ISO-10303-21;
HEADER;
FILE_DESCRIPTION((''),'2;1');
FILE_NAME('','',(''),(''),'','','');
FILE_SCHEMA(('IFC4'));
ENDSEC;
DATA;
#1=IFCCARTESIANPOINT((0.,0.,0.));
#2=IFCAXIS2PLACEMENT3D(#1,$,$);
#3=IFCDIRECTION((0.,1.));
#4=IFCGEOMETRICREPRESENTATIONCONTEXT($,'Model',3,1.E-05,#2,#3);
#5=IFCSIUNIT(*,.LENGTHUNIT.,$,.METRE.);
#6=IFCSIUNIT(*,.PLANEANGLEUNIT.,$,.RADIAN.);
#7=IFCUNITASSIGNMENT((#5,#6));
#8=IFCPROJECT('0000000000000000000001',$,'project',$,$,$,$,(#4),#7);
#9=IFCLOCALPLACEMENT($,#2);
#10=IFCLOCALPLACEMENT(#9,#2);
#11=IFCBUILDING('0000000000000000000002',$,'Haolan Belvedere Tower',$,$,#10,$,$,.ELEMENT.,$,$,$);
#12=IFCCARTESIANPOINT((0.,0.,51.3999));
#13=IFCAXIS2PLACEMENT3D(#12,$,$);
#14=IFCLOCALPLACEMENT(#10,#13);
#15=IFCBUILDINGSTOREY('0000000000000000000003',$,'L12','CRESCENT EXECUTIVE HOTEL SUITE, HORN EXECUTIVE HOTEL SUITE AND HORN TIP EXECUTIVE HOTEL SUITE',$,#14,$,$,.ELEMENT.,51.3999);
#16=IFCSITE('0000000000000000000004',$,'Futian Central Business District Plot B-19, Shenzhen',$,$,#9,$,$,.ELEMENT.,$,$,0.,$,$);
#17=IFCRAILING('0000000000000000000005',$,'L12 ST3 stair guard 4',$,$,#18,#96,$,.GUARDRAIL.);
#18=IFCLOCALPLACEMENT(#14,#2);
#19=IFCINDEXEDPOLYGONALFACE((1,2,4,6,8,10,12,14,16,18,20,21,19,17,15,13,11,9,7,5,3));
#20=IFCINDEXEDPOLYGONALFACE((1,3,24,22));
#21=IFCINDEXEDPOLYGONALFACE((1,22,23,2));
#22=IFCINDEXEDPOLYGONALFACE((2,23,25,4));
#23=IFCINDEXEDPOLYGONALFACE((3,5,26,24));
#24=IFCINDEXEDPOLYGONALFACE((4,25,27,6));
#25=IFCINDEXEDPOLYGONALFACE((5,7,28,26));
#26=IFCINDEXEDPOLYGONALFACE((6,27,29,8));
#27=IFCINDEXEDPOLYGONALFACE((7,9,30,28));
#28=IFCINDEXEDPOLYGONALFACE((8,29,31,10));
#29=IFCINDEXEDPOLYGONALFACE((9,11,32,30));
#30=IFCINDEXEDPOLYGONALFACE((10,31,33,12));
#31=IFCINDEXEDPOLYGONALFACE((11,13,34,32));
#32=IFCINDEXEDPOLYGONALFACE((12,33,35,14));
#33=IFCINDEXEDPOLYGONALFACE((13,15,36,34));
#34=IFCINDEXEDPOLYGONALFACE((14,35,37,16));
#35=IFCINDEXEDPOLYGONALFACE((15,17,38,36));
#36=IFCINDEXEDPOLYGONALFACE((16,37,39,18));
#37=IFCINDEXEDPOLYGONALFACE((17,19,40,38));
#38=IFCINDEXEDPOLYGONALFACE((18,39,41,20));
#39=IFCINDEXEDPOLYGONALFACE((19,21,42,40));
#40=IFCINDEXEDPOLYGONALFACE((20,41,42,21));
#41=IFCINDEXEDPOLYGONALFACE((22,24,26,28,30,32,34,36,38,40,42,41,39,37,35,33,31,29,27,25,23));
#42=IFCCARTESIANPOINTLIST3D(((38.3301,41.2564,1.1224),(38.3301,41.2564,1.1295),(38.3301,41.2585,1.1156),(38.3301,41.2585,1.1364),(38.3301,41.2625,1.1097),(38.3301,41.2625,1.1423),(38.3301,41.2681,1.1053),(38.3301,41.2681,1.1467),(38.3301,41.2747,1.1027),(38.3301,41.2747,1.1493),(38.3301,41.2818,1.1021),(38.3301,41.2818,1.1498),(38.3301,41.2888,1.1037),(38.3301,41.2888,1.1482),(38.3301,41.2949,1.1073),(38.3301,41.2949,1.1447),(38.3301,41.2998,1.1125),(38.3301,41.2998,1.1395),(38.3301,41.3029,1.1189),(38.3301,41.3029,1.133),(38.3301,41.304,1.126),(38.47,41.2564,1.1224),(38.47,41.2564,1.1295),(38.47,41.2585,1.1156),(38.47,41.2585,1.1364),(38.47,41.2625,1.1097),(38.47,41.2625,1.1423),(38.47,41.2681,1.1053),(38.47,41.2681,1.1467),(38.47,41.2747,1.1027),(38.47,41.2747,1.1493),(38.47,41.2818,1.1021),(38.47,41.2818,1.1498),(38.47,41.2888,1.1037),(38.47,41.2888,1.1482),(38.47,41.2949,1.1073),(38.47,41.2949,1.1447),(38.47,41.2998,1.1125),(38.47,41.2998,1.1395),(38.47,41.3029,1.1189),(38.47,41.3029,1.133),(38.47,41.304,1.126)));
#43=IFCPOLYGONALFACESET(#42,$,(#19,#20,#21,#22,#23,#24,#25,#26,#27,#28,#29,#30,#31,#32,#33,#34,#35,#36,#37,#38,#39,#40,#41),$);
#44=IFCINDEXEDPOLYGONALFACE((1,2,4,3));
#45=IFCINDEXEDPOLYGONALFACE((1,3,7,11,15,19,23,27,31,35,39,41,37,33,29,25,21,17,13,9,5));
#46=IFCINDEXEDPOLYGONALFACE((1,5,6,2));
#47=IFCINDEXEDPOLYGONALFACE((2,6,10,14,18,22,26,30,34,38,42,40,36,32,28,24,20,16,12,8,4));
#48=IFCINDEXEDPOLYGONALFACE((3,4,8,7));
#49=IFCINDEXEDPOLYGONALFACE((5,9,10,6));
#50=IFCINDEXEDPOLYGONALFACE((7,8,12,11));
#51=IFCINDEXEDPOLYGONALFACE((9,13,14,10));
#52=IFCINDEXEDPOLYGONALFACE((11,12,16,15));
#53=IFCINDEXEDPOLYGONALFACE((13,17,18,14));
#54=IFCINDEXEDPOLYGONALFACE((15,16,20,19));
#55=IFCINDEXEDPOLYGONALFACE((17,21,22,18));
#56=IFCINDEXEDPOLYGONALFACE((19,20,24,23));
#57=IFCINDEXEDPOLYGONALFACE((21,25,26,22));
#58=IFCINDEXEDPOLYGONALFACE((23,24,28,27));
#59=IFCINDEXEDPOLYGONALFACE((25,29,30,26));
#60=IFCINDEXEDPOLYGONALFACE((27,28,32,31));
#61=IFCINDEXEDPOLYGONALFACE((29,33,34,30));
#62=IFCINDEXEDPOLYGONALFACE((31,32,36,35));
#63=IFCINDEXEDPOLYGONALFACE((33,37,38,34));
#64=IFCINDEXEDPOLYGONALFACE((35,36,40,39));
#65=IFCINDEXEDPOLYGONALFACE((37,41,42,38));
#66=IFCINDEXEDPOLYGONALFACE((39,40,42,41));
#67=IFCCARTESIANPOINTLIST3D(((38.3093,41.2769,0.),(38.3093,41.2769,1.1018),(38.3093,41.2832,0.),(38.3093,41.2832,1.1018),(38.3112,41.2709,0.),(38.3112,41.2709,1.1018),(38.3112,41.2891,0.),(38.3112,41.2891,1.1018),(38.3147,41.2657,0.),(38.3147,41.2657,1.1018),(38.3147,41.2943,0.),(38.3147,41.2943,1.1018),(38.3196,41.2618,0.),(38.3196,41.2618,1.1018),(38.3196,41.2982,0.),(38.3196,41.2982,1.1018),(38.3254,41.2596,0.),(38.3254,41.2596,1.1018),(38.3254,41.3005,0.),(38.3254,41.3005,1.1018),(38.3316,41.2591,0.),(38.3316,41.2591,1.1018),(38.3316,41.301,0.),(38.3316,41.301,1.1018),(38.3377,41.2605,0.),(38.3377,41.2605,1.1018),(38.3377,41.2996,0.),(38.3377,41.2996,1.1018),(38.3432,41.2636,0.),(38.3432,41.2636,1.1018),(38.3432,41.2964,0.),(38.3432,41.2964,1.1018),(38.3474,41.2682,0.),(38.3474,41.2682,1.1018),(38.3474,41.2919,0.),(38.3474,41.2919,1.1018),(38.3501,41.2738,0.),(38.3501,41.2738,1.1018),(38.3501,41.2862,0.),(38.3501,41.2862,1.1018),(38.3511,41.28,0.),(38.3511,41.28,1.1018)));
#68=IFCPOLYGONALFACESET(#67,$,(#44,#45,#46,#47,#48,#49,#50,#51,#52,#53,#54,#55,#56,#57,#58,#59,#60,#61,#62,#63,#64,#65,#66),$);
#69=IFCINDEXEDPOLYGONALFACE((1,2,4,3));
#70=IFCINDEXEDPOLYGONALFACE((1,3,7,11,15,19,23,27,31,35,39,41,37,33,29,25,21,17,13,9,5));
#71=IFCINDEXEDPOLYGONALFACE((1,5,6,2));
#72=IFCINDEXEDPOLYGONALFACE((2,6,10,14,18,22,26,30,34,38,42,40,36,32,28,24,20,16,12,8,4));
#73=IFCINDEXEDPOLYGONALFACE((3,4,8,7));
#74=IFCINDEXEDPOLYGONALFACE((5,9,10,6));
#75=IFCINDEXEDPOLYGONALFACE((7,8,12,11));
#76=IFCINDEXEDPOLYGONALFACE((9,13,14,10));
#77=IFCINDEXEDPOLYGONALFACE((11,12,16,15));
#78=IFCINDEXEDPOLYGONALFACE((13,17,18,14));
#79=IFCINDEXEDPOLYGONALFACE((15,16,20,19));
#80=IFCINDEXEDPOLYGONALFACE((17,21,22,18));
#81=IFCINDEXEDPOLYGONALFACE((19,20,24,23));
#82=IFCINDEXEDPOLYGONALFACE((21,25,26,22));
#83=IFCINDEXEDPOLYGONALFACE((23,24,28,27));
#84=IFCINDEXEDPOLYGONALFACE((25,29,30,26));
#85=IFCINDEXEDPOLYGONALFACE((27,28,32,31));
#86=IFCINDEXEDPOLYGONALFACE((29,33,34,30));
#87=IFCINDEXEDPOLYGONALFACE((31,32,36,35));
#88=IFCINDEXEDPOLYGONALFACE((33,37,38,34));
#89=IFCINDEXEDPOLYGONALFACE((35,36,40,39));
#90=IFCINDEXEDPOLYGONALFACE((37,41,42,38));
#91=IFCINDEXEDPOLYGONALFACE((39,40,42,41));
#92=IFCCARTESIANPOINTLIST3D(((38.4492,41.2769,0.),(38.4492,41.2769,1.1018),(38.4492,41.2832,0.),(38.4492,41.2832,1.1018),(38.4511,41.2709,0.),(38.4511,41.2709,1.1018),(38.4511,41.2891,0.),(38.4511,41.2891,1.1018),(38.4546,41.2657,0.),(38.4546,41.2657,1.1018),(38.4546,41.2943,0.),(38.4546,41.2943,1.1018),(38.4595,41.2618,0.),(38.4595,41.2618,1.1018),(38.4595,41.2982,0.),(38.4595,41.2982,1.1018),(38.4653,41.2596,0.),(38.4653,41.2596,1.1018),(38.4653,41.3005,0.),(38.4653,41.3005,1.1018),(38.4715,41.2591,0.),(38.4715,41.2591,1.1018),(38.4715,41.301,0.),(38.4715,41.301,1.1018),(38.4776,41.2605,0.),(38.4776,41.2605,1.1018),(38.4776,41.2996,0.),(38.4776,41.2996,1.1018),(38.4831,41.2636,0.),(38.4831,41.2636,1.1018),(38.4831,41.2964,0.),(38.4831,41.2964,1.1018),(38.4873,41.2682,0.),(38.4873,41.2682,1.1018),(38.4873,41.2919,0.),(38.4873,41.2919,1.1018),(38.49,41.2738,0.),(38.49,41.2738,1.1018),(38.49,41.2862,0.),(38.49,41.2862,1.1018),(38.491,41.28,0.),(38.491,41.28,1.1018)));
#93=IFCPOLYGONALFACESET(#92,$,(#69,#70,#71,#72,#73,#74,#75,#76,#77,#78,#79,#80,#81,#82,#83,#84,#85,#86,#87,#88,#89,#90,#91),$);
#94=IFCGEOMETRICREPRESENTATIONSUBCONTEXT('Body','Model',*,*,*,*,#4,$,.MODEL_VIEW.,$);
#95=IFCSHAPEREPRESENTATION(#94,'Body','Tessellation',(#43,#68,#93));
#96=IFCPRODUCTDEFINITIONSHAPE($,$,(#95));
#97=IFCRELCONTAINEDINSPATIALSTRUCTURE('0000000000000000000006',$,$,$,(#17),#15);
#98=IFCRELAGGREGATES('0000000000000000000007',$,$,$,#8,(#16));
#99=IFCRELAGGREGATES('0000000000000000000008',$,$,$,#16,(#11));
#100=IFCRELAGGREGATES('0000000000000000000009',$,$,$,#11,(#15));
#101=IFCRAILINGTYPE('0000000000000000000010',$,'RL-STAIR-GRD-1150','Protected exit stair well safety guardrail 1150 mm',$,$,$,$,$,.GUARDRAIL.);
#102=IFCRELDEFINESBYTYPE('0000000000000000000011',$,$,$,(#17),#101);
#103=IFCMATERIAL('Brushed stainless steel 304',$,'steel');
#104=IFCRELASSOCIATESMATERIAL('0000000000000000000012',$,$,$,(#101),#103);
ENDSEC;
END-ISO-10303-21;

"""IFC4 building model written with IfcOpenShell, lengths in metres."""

from ifc_helpers import new_model, si_unit, direction, frame, origin, origin_2d, place, context, subcontext, project, spatial, circle, extrude, material, type_object, element, save


model = new_model("IFC4")

# Units and contexts
model_context = context("Model", 3, precision=1e-05, world=origin(), true_north=direction((0.0, 1.0)))
body_context = subcontext(model_context, "Body", "Model", "MODEL_VIEW")
ifc_project = project(units=[si_unit("LENGTHUNIT", "METRE"), si_unit("PLANEANGLEUNIT", "RADIAN")], contexts=[model_context])

# Site, building, storey
site_placement = place(None, origin())
site = spatial("IfcSite", under=ifc_project, at=site_placement, Name="Futian Central Business District Plot B-19, Shenzhen", CompositionType="ELEMENT", RefElevation=0.0)
building_placement = place(site_placement, origin())
building = spatial("IfcBuilding", under=site, at=building_placement, Name="Haolan Belvedere Tower", CompositionType="ELEMENT")
storey_placement = place(building_placement, frame((0.0, 0.0, 51.3999)))
storey = spatial("IfcBuildingStorey", under=building, at=storey_placement, Name="L12", Description="CRESCENT EXECUTIVE HOTEL SUITE, HORN EXECUTIVE HOTEL SUITE AND HORN TIP EXECUTIVE HOTEL SUITE", CompositionType="ELEMENT", Elevation=51.3999)

# Railing
ifc_material_1 = material(Name="Brushed stainless steel 304", Category="steel")
railing_type_1 = type_object("IfcRailingType", Name="RL-STAIR-GRD-1150", Description="Protected exit stair well safety guardrail 1150 mm", PredefinedType="GUARDRAIL", material=ifc_material_1)
railing_1_placement = place(storey_placement, frame((38.3301, 41.28, 0.0)))
element("IfcRailing", 1, at=railing_1_placement, inside=storey, type_object=railing_type_1, Name="L12 ST3 stair guard 4", PredefinedType="GUARDRAIL", context=body_context, shape_type="SweptSolid", body=[
    extrude(circle(Radius=0.0239, at=origin_2d()), frame((0.0, 0.0, 1.126), z_axis=(1.0, 0.0, 0.0), x_axis=(0.0, 1.0, 0.0)), (0.0, 0.0, 1.0), 0.1399),
    extrude(circle(Radius=0.021, at=origin_2d()), origin(), (0.0, 0.0, 1.0), 1.1018),
    extrude(circle(Radius=0.021, at=origin_2d()), frame((0.1399, 0.0, 0.0)), (0.0, 0.0, 1.0), 1.1018),
])

save(model, "model.ifc")
